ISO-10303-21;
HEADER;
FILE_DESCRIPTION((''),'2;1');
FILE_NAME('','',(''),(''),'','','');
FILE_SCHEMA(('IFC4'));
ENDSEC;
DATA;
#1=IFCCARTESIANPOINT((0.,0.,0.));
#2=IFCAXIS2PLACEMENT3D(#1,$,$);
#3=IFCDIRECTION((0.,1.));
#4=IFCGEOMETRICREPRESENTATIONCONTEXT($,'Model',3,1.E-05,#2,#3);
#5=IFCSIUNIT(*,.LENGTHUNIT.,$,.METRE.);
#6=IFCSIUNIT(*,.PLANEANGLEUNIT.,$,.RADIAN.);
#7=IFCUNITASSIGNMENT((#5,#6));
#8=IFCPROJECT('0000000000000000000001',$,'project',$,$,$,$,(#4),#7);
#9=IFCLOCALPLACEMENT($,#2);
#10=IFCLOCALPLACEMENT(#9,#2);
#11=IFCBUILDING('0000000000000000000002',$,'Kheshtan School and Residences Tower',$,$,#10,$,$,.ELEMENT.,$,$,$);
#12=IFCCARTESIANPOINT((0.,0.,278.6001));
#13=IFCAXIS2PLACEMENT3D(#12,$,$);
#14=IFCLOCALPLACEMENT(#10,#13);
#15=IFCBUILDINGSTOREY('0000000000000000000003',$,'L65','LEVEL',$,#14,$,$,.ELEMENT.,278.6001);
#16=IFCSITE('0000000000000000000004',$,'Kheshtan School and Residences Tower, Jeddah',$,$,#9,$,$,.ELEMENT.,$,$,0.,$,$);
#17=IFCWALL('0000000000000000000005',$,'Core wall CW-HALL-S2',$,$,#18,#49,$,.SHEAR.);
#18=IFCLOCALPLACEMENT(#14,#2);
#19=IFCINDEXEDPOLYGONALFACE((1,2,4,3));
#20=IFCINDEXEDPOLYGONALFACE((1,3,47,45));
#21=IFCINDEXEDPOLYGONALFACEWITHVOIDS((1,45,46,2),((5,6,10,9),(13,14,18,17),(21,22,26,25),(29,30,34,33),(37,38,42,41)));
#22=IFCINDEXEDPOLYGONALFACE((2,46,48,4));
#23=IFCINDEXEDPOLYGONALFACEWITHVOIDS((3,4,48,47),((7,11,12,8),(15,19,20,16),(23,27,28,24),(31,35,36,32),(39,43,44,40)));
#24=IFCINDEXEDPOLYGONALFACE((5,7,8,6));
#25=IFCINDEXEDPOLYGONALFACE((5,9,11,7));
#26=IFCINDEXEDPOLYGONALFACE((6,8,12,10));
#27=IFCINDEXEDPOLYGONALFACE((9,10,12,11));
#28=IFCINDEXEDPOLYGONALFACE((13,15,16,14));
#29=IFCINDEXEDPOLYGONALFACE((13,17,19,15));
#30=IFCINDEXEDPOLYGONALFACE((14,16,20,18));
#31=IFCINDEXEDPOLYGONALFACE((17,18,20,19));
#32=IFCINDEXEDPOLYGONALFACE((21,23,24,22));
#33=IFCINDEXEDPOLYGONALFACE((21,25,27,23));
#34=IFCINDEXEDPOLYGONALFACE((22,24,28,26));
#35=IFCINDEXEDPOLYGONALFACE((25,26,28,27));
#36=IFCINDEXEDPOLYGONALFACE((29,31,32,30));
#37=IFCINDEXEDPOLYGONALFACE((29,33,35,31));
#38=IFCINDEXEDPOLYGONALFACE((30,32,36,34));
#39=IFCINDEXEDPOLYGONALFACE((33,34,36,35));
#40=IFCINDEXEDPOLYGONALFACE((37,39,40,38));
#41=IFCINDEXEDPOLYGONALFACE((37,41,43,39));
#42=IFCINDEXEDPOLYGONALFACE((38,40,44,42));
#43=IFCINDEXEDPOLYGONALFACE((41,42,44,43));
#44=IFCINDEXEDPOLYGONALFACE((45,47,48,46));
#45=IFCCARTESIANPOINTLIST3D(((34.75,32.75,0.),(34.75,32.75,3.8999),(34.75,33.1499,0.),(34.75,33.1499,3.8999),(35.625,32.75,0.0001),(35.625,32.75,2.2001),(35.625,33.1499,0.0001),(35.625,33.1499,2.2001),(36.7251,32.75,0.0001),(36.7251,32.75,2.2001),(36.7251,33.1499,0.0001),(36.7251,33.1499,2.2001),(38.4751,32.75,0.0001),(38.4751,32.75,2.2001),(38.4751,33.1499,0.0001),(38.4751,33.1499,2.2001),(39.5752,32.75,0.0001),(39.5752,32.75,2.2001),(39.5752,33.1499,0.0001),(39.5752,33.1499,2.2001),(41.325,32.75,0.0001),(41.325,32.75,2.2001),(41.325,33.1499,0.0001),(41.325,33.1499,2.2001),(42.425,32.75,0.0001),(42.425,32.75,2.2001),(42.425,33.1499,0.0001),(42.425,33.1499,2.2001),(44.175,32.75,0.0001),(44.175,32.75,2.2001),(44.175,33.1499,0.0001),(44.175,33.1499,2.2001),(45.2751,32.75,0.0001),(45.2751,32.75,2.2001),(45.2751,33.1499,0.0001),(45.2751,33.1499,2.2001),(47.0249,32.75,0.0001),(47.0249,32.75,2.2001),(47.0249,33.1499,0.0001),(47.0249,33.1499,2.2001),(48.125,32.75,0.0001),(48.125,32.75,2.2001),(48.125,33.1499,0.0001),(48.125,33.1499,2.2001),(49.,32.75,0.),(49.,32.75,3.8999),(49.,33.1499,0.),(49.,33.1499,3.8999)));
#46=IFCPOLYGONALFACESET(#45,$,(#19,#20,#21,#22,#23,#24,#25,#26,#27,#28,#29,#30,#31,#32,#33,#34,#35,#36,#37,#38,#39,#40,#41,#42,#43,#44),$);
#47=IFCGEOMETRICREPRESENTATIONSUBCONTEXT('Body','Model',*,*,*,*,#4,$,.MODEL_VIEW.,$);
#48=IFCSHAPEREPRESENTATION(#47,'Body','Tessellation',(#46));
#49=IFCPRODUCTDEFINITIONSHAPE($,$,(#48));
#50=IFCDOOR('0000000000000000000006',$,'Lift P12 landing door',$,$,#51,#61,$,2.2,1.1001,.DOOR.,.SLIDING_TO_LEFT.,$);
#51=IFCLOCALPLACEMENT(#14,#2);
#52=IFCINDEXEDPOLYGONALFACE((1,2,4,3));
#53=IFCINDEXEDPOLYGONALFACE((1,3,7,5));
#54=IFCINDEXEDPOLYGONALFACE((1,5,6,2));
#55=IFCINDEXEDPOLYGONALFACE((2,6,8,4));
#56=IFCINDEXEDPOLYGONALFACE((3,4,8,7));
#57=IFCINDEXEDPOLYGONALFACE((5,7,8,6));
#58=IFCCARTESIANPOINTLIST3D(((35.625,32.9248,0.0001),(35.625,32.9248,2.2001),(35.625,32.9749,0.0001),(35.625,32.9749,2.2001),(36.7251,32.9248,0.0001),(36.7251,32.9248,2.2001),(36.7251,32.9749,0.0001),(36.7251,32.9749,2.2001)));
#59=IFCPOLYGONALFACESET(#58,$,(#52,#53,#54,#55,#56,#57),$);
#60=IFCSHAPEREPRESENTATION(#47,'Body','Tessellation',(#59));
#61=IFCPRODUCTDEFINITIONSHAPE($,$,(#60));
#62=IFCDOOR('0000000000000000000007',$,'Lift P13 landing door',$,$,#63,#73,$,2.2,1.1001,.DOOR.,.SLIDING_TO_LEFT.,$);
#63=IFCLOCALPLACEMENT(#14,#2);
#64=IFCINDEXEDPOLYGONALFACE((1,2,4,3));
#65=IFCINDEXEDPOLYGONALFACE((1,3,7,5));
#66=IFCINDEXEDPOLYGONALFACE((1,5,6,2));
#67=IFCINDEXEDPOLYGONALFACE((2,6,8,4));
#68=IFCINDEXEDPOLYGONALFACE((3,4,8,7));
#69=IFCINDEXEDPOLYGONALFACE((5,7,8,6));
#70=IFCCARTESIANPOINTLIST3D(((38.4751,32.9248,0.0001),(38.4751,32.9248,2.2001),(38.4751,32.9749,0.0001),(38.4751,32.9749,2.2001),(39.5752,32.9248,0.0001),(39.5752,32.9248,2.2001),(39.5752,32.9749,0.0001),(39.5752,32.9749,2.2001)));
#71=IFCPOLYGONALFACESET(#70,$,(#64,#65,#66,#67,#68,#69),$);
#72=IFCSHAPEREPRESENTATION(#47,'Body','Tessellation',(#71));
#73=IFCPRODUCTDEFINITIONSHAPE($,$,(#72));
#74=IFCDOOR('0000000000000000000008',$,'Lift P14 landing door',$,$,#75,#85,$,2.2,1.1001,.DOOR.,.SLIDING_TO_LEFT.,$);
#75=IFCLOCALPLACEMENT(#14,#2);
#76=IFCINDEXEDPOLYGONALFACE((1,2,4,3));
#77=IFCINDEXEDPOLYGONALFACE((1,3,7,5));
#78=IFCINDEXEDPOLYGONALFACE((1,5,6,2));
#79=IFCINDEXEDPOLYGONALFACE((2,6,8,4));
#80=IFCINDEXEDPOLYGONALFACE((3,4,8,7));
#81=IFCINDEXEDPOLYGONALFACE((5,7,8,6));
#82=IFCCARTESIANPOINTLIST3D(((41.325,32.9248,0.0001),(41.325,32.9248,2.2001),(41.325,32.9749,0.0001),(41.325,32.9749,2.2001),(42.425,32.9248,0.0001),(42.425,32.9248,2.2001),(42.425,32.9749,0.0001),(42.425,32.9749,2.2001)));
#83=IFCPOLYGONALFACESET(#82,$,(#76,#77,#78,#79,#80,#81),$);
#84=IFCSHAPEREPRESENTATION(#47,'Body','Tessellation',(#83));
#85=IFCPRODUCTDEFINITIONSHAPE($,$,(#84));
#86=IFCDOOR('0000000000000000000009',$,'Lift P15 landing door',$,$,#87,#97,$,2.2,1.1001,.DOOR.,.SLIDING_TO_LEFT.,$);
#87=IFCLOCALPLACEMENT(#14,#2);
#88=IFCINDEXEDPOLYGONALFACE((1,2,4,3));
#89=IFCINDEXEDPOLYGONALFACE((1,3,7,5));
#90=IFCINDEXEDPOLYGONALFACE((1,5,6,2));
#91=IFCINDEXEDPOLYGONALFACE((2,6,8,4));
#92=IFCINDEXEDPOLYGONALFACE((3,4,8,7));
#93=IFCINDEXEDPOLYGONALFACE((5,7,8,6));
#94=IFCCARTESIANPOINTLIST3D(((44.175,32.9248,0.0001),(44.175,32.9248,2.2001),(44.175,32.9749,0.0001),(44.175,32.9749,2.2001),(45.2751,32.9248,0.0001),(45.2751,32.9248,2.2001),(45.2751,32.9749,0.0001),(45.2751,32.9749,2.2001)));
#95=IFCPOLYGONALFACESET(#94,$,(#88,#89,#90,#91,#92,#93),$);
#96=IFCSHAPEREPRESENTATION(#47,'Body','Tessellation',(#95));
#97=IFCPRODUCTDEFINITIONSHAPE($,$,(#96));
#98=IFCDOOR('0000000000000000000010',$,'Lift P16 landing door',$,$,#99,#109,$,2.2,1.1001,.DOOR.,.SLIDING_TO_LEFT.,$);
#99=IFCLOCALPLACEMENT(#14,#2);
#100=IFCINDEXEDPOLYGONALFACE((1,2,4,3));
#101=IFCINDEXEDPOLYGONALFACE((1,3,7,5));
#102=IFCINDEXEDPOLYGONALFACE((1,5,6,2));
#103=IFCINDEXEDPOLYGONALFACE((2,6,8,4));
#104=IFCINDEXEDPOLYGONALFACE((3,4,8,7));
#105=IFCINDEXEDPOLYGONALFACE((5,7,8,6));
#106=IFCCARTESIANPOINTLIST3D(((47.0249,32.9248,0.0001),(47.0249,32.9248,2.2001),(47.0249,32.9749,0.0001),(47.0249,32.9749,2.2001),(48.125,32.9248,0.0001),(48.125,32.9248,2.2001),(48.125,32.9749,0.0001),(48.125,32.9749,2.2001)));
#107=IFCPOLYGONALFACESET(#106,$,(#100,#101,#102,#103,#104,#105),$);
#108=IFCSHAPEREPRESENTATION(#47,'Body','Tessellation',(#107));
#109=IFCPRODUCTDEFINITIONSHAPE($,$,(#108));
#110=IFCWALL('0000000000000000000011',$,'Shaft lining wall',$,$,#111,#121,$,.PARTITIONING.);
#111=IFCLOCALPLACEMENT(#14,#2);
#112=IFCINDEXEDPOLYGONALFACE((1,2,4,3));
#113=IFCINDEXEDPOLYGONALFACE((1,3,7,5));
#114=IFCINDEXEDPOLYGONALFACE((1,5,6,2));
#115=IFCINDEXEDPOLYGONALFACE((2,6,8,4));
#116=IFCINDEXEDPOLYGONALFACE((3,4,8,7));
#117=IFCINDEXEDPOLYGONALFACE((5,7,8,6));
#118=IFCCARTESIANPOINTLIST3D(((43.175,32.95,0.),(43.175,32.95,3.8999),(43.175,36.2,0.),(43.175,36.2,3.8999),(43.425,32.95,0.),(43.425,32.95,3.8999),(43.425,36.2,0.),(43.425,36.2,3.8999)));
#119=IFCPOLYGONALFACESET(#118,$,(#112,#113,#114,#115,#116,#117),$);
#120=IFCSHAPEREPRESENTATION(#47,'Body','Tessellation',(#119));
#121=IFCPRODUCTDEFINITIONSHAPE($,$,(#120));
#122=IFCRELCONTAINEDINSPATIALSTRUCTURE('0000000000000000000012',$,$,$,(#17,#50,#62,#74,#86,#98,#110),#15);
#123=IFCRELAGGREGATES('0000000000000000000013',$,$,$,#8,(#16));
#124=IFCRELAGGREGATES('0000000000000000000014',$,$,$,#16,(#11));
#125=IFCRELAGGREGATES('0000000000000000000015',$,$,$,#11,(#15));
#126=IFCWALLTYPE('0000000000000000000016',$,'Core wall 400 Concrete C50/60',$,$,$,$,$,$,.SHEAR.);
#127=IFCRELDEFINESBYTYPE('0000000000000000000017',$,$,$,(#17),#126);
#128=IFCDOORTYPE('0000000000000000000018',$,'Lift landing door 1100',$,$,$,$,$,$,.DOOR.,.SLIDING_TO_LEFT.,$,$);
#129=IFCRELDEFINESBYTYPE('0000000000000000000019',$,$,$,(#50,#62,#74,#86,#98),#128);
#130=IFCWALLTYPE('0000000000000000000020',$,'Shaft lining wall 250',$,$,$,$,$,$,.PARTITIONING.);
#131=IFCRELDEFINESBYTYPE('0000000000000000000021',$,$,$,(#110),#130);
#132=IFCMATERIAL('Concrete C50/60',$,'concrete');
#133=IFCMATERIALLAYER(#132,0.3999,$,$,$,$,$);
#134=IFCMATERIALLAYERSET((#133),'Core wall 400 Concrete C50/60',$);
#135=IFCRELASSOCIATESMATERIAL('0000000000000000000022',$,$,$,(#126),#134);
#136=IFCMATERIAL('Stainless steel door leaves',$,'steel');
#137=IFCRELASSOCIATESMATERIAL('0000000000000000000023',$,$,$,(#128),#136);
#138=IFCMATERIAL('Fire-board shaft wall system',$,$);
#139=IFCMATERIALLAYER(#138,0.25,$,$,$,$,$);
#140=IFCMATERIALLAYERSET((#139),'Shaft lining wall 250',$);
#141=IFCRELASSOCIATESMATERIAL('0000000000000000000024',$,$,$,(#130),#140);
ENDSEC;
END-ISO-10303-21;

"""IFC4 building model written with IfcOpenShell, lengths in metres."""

from ifc_helpers import new_model, si_unit, direction, frame, frame_2d, origin, place, context, subcontext, project, spatial, rectangle, extrude, source, transform, mapped, material, layer, layer_set, type_object, element, fill, save


model = new_model("IFC4")

# Units and contexts
model_context = context("Model", 3, precision=1e-05, world=origin(), true_north=direction((0.0, 1.0)))
body_context = subcontext(model_context, "Body", "Model", "MODEL_VIEW")
ifc_project = project(units=[si_unit("LENGTHUNIT", "METRE"), si_unit("PLANEANGLEUNIT", "RADIAN")], contexts=[model_context])

# Site, building, storey
site_placement = place(None, origin())
site = spatial("IfcSite", under=ifc_project, at=site_placement, Name="Kheshtan School and Residences Tower, Jeddah", CompositionType="ELEMENT", RefElevation=0.0)
building_placement = place(site_placement, origin())
building = spatial("IfcBuilding", under=site, at=building_placement, Name="Kheshtan School and Residences Tower", CompositionType="ELEMENT")
storey_placement = place(building_placement, frame((0.0, 0.0, 278.6001)))
storey = spatial("IfcBuildingStorey", under=building, at=storey_placement, Name="L65", Description="LEVEL", CompositionType="ELEMENT", Elevation=278.6001)

# Wall, openings, doors
ifc_material_1 = material(Name="Concrete C50/60", Category="concrete")
ifc_layer_1 = layer(ifc_material_1, 0.3999)
ifc_layer_set_1 = layer_set([ifc_layer_1], Name="Core wall 400 Concrete C50/60")
wall_type_1 = type_object("IfcWallType", Name="Core wall 400 Concrete C50/60", PredefinedType="SHEAR", material=ifc_layer_set_1)
wall_1_placement = place(storey_placement, frame((34.75, 32.95, 0.0), z_axis=(0.0, 0.0, 1.0), x_axis=(1.0, 0.0, 0.0)))
wall_1 = element("IfcWall", 1, at=wall_1_placement, inside=storey, type_object=wall_type_1, Name="Core wall CW-HALL-S2", PredefinedType="SHEAR", context=body_context, shape_type="SweptSolid", body=[
    extrude(rectangle(XDim=14.25, YDim=0.3999, at=frame_2d((7.125, 0.0))), origin(), (0.0, 0.0, 1.0), 3.8999),
])
opening_1_placement = place(wall_1_placement, frame((0.875, 0.0, 0.0)))
opening_1 = element("IfcOpeningElement", 2, at=opening_1_placement, cuts=wall_1, PredefinedType="OPENING", context=body_context, shape_type="SweptSolid", body=[
    extrude(rectangle(XDim=1.1001, YDim=2.2, at=frame_2d((0.55, 1.1001))), frame((0.0, 0.21, 0.0), z_axis=(0.0, -1.0, 0.0), x_axis=(1.0, 0.0, 0.0)), (0.0, 0.0, 1.0), 0.4199),
])
opening_2_placement = place(wall_1_placement, frame((3.7251, 0.0, 0.0)))
opening_2 = element("IfcOpeningElement", 3, at=opening_2_placement, cuts=wall_1, PredefinedType="OPENING", context=body_context, shape_type="SweptSolid", body=[
    extrude(rectangle(XDim=1.1001, YDim=2.2, at=frame_2d((0.55, 1.1001))), frame((0.0, 0.21, 0.0), z_axis=(0.0, -1.0, 0.0), x_axis=(1.0, 0.0, 0.0)), (0.0, 0.0, 1.0), 0.4199),
])
opening_3_placement = place(wall_1_placement, frame((6.575, 0.0, 0.0)))
opening_3 = element("IfcOpeningElement", 4, at=opening_3_placement, cuts=wall_1, PredefinedType="OPENING", context=body_context, shape_type="SweptSolid", body=[
    extrude(rectangle(XDim=1.1001, YDim=2.2, at=frame_2d((0.55, 1.1001))), frame((0.0, 0.21, 0.0), z_axis=(0.0, -1.0, 0.0), x_axis=(1.0, 0.0, 0.0)), (0.0, 0.0, 1.0), 0.4199),
])
opening_4_placement = place(wall_1_placement, frame((9.425, 0.0, 0.0)))
opening_4 = element("IfcOpeningElement", 5, at=opening_4_placement, cuts=wall_1, PredefinedType="OPENING", context=body_context, shape_type="SweptSolid", body=[
    extrude(rectangle(XDim=1.1001, YDim=2.2, at=frame_2d((0.55, 1.1001))), frame((0.0, 0.21, 0.0), z_axis=(0.0, -1.0, 0.0), x_axis=(1.0, 0.0, 0.0)), (0.0, 0.0, 1.0), 0.4199),
])
opening_5_placement = place(wall_1_placement, frame((12.2749, 0.0, 0.0)))
opening_5 = element("IfcOpeningElement", 6, at=opening_5_placement, cuts=wall_1, PredefinedType="OPENING", context=body_context, shape_type="SweptSolid", body=[
    extrude(rectangle(XDim=1.1001, YDim=2.2, at=frame_2d((0.55, 1.1001))), frame((0.0, 0.21, 0.0), z_axis=(0.0, -1.0, 0.0), x_axis=(1.0, 0.0, 0.0)), (0.0, 0.0, 1.0), 0.4199),
])
ifc_material_2 = material(Name="Stainless steel door leaves", Category="steel")
door_type = type_object("IfcDoorType", Name="Lift landing door 1100", OperationType="SLIDING_TO_LEFT", PredefinedType="DOOR", material=ifc_material_2)
shared_shape = source(origin(), body_context, "Body", "SweptSolid", [
    extrude(rectangle(XDim=1.1001, YDim=2.2, at=frame_2d((0.55, 1.1001))), frame((0.0, 0.0249, 0.0), z_axis=(0.0, -1.0, 0.0), x_axis=(1.0, 0.0, 0.0)), (0.0, 0.0, 1.0), 0.05),
])
door_1_placement = place(opening_1_placement, origin())
door_1 = element("IfcDoor", 7, at=door_1_placement, inside=storey, type_object=door_type, Name="Lift P12 landing door", OperationType="SLIDING_TO_LEFT", OverallHeight=2.2, OverallWidth=1.1001, PredefinedType="DOOR", context=body_context, shape_type="MappedRepresentation", body=[
    mapped(shared_shape, transform((0.0, 0.0, 0.0), x_axis=(1.0, 0.0, 0.0), y_axis=(0.0, 1.0, 0.0), z_axis=(0.0, 0.0, 1.0), scale=1.0)),
])
fill(opening_1, door_1)
door_2_placement = place(opening_2_placement, origin())
door_2 = element("IfcDoor", 8, at=door_2_placement, inside=storey, type_object=door_type, Name="Lift P13 landing door", OperationType="SLIDING_TO_LEFT", OverallHeight=2.2, OverallWidth=1.1001, PredefinedType="DOOR", context=body_context, shape_type="MappedRepresentation", body=[
    mapped(shared_shape, transform((0.0, 0.0, 0.0), x_axis=(1.0, 0.0, 0.0), y_axis=(0.0, 1.0, 0.0), z_axis=(0.0, 0.0, 1.0), scale=1.0)),
])
fill(opening_2, door_2)
door_3_placement = place(opening_3_placement, origin())
door_3 = element("IfcDoor", 9, at=door_3_placement, inside=storey, type_object=door_type, Name="Lift P14 landing door", OperationType="SLIDING_TO_LEFT", OverallHeight=2.2, OverallWidth=1.1001, PredefinedType="DOOR", context=body_context, shape_type="MappedRepresentation", body=[
    mapped(shared_shape, transform((0.0, 0.0, 0.0), x_axis=(1.0, 0.0, 0.0), y_axis=(0.0, 1.0, 0.0), z_axis=(0.0, 0.0, 1.0), scale=1.0)),
])
fill(opening_3, door_3)
door_4_placement = place(opening_4_placement, origin())
door_4 = element("IfcDoor", 10, at=door_4_placement, inside=storey, type_object=door_type, Name="Lift P15 landing door", OperationType="SLIDING_TO_LEFT", OverallHeight=2.2, OverallWidth=1.1001, PredefinedType="DOOR", context=body_context, shape_type="MappedRepresentation", body=[
    mapped(shared_shape, transform((0.0, 0.0, 0.0), x_axis=(1.0, 0.0, 0.0), y_axis=(0.0, 1.0, 0.0), z_axis=(0.0, 0.0, 1.0), scale=1.0)),
])
fill(opening_4, door_4)
door_5_placement = place(opening_5_placement, origin())
door_5 = element("IfcDoor", 11, at=door_5_placement, inside=storey, type_object=door_type, Name="Lift P16 landing door", OperationType="SLIDING_TO_LEFT", OverallHeight=2.2, OverallWidth=1.1001, PredefinedType="DOOR", context=body_context, shape_type="MappedRepresentation", body=[
    mapped(shared_shape, transform((0.0, 0.0, 0.0), x_axis=(1.0, 0.0, 0.0), y_axis=(0.0, 1.0, 0.0), z_axis=(0.0, 0.0, 1.0), scale=1.0)),
])
fill(opening_5, door_5)

# Wall
ifc_material_3 = material(Name="Fire-board shaft wall system")
ifc_layer_2 = layer(ifc_material_3, 0.25)
ifc_layer_set_2 = layer_set([ifc_layer_2], Name="Shaft lining wall 250")
wall_type_2 = type_object("IfcWallType", Name="Shaft lining wall 250", PredefinedType="PARTITIONING", material=ifc_layer_set_2)
wall_2_placement = place(storey_placement, frame((43.3, 32.95, 0.0), z_axis=(0.0, 0.0, 1.0), x_axis=(0.0, 1.0, 0.0)))
element("IfcWall", 12, at=wall_2_placement, inside=storey, type_object=wall_type_2, Name="Shaft lining wall", PredefinedType="PARTITIONING", context=body_context, shape_type="SweptSolid", body=[
    extrude(rectangle(XDim=3.25, YDim=0.25, at=frame_2d((1.625, 0.0))), origin(), (0.0, 0.0, 1.0), 3.8999),
])

save(model, "model.ifc")
